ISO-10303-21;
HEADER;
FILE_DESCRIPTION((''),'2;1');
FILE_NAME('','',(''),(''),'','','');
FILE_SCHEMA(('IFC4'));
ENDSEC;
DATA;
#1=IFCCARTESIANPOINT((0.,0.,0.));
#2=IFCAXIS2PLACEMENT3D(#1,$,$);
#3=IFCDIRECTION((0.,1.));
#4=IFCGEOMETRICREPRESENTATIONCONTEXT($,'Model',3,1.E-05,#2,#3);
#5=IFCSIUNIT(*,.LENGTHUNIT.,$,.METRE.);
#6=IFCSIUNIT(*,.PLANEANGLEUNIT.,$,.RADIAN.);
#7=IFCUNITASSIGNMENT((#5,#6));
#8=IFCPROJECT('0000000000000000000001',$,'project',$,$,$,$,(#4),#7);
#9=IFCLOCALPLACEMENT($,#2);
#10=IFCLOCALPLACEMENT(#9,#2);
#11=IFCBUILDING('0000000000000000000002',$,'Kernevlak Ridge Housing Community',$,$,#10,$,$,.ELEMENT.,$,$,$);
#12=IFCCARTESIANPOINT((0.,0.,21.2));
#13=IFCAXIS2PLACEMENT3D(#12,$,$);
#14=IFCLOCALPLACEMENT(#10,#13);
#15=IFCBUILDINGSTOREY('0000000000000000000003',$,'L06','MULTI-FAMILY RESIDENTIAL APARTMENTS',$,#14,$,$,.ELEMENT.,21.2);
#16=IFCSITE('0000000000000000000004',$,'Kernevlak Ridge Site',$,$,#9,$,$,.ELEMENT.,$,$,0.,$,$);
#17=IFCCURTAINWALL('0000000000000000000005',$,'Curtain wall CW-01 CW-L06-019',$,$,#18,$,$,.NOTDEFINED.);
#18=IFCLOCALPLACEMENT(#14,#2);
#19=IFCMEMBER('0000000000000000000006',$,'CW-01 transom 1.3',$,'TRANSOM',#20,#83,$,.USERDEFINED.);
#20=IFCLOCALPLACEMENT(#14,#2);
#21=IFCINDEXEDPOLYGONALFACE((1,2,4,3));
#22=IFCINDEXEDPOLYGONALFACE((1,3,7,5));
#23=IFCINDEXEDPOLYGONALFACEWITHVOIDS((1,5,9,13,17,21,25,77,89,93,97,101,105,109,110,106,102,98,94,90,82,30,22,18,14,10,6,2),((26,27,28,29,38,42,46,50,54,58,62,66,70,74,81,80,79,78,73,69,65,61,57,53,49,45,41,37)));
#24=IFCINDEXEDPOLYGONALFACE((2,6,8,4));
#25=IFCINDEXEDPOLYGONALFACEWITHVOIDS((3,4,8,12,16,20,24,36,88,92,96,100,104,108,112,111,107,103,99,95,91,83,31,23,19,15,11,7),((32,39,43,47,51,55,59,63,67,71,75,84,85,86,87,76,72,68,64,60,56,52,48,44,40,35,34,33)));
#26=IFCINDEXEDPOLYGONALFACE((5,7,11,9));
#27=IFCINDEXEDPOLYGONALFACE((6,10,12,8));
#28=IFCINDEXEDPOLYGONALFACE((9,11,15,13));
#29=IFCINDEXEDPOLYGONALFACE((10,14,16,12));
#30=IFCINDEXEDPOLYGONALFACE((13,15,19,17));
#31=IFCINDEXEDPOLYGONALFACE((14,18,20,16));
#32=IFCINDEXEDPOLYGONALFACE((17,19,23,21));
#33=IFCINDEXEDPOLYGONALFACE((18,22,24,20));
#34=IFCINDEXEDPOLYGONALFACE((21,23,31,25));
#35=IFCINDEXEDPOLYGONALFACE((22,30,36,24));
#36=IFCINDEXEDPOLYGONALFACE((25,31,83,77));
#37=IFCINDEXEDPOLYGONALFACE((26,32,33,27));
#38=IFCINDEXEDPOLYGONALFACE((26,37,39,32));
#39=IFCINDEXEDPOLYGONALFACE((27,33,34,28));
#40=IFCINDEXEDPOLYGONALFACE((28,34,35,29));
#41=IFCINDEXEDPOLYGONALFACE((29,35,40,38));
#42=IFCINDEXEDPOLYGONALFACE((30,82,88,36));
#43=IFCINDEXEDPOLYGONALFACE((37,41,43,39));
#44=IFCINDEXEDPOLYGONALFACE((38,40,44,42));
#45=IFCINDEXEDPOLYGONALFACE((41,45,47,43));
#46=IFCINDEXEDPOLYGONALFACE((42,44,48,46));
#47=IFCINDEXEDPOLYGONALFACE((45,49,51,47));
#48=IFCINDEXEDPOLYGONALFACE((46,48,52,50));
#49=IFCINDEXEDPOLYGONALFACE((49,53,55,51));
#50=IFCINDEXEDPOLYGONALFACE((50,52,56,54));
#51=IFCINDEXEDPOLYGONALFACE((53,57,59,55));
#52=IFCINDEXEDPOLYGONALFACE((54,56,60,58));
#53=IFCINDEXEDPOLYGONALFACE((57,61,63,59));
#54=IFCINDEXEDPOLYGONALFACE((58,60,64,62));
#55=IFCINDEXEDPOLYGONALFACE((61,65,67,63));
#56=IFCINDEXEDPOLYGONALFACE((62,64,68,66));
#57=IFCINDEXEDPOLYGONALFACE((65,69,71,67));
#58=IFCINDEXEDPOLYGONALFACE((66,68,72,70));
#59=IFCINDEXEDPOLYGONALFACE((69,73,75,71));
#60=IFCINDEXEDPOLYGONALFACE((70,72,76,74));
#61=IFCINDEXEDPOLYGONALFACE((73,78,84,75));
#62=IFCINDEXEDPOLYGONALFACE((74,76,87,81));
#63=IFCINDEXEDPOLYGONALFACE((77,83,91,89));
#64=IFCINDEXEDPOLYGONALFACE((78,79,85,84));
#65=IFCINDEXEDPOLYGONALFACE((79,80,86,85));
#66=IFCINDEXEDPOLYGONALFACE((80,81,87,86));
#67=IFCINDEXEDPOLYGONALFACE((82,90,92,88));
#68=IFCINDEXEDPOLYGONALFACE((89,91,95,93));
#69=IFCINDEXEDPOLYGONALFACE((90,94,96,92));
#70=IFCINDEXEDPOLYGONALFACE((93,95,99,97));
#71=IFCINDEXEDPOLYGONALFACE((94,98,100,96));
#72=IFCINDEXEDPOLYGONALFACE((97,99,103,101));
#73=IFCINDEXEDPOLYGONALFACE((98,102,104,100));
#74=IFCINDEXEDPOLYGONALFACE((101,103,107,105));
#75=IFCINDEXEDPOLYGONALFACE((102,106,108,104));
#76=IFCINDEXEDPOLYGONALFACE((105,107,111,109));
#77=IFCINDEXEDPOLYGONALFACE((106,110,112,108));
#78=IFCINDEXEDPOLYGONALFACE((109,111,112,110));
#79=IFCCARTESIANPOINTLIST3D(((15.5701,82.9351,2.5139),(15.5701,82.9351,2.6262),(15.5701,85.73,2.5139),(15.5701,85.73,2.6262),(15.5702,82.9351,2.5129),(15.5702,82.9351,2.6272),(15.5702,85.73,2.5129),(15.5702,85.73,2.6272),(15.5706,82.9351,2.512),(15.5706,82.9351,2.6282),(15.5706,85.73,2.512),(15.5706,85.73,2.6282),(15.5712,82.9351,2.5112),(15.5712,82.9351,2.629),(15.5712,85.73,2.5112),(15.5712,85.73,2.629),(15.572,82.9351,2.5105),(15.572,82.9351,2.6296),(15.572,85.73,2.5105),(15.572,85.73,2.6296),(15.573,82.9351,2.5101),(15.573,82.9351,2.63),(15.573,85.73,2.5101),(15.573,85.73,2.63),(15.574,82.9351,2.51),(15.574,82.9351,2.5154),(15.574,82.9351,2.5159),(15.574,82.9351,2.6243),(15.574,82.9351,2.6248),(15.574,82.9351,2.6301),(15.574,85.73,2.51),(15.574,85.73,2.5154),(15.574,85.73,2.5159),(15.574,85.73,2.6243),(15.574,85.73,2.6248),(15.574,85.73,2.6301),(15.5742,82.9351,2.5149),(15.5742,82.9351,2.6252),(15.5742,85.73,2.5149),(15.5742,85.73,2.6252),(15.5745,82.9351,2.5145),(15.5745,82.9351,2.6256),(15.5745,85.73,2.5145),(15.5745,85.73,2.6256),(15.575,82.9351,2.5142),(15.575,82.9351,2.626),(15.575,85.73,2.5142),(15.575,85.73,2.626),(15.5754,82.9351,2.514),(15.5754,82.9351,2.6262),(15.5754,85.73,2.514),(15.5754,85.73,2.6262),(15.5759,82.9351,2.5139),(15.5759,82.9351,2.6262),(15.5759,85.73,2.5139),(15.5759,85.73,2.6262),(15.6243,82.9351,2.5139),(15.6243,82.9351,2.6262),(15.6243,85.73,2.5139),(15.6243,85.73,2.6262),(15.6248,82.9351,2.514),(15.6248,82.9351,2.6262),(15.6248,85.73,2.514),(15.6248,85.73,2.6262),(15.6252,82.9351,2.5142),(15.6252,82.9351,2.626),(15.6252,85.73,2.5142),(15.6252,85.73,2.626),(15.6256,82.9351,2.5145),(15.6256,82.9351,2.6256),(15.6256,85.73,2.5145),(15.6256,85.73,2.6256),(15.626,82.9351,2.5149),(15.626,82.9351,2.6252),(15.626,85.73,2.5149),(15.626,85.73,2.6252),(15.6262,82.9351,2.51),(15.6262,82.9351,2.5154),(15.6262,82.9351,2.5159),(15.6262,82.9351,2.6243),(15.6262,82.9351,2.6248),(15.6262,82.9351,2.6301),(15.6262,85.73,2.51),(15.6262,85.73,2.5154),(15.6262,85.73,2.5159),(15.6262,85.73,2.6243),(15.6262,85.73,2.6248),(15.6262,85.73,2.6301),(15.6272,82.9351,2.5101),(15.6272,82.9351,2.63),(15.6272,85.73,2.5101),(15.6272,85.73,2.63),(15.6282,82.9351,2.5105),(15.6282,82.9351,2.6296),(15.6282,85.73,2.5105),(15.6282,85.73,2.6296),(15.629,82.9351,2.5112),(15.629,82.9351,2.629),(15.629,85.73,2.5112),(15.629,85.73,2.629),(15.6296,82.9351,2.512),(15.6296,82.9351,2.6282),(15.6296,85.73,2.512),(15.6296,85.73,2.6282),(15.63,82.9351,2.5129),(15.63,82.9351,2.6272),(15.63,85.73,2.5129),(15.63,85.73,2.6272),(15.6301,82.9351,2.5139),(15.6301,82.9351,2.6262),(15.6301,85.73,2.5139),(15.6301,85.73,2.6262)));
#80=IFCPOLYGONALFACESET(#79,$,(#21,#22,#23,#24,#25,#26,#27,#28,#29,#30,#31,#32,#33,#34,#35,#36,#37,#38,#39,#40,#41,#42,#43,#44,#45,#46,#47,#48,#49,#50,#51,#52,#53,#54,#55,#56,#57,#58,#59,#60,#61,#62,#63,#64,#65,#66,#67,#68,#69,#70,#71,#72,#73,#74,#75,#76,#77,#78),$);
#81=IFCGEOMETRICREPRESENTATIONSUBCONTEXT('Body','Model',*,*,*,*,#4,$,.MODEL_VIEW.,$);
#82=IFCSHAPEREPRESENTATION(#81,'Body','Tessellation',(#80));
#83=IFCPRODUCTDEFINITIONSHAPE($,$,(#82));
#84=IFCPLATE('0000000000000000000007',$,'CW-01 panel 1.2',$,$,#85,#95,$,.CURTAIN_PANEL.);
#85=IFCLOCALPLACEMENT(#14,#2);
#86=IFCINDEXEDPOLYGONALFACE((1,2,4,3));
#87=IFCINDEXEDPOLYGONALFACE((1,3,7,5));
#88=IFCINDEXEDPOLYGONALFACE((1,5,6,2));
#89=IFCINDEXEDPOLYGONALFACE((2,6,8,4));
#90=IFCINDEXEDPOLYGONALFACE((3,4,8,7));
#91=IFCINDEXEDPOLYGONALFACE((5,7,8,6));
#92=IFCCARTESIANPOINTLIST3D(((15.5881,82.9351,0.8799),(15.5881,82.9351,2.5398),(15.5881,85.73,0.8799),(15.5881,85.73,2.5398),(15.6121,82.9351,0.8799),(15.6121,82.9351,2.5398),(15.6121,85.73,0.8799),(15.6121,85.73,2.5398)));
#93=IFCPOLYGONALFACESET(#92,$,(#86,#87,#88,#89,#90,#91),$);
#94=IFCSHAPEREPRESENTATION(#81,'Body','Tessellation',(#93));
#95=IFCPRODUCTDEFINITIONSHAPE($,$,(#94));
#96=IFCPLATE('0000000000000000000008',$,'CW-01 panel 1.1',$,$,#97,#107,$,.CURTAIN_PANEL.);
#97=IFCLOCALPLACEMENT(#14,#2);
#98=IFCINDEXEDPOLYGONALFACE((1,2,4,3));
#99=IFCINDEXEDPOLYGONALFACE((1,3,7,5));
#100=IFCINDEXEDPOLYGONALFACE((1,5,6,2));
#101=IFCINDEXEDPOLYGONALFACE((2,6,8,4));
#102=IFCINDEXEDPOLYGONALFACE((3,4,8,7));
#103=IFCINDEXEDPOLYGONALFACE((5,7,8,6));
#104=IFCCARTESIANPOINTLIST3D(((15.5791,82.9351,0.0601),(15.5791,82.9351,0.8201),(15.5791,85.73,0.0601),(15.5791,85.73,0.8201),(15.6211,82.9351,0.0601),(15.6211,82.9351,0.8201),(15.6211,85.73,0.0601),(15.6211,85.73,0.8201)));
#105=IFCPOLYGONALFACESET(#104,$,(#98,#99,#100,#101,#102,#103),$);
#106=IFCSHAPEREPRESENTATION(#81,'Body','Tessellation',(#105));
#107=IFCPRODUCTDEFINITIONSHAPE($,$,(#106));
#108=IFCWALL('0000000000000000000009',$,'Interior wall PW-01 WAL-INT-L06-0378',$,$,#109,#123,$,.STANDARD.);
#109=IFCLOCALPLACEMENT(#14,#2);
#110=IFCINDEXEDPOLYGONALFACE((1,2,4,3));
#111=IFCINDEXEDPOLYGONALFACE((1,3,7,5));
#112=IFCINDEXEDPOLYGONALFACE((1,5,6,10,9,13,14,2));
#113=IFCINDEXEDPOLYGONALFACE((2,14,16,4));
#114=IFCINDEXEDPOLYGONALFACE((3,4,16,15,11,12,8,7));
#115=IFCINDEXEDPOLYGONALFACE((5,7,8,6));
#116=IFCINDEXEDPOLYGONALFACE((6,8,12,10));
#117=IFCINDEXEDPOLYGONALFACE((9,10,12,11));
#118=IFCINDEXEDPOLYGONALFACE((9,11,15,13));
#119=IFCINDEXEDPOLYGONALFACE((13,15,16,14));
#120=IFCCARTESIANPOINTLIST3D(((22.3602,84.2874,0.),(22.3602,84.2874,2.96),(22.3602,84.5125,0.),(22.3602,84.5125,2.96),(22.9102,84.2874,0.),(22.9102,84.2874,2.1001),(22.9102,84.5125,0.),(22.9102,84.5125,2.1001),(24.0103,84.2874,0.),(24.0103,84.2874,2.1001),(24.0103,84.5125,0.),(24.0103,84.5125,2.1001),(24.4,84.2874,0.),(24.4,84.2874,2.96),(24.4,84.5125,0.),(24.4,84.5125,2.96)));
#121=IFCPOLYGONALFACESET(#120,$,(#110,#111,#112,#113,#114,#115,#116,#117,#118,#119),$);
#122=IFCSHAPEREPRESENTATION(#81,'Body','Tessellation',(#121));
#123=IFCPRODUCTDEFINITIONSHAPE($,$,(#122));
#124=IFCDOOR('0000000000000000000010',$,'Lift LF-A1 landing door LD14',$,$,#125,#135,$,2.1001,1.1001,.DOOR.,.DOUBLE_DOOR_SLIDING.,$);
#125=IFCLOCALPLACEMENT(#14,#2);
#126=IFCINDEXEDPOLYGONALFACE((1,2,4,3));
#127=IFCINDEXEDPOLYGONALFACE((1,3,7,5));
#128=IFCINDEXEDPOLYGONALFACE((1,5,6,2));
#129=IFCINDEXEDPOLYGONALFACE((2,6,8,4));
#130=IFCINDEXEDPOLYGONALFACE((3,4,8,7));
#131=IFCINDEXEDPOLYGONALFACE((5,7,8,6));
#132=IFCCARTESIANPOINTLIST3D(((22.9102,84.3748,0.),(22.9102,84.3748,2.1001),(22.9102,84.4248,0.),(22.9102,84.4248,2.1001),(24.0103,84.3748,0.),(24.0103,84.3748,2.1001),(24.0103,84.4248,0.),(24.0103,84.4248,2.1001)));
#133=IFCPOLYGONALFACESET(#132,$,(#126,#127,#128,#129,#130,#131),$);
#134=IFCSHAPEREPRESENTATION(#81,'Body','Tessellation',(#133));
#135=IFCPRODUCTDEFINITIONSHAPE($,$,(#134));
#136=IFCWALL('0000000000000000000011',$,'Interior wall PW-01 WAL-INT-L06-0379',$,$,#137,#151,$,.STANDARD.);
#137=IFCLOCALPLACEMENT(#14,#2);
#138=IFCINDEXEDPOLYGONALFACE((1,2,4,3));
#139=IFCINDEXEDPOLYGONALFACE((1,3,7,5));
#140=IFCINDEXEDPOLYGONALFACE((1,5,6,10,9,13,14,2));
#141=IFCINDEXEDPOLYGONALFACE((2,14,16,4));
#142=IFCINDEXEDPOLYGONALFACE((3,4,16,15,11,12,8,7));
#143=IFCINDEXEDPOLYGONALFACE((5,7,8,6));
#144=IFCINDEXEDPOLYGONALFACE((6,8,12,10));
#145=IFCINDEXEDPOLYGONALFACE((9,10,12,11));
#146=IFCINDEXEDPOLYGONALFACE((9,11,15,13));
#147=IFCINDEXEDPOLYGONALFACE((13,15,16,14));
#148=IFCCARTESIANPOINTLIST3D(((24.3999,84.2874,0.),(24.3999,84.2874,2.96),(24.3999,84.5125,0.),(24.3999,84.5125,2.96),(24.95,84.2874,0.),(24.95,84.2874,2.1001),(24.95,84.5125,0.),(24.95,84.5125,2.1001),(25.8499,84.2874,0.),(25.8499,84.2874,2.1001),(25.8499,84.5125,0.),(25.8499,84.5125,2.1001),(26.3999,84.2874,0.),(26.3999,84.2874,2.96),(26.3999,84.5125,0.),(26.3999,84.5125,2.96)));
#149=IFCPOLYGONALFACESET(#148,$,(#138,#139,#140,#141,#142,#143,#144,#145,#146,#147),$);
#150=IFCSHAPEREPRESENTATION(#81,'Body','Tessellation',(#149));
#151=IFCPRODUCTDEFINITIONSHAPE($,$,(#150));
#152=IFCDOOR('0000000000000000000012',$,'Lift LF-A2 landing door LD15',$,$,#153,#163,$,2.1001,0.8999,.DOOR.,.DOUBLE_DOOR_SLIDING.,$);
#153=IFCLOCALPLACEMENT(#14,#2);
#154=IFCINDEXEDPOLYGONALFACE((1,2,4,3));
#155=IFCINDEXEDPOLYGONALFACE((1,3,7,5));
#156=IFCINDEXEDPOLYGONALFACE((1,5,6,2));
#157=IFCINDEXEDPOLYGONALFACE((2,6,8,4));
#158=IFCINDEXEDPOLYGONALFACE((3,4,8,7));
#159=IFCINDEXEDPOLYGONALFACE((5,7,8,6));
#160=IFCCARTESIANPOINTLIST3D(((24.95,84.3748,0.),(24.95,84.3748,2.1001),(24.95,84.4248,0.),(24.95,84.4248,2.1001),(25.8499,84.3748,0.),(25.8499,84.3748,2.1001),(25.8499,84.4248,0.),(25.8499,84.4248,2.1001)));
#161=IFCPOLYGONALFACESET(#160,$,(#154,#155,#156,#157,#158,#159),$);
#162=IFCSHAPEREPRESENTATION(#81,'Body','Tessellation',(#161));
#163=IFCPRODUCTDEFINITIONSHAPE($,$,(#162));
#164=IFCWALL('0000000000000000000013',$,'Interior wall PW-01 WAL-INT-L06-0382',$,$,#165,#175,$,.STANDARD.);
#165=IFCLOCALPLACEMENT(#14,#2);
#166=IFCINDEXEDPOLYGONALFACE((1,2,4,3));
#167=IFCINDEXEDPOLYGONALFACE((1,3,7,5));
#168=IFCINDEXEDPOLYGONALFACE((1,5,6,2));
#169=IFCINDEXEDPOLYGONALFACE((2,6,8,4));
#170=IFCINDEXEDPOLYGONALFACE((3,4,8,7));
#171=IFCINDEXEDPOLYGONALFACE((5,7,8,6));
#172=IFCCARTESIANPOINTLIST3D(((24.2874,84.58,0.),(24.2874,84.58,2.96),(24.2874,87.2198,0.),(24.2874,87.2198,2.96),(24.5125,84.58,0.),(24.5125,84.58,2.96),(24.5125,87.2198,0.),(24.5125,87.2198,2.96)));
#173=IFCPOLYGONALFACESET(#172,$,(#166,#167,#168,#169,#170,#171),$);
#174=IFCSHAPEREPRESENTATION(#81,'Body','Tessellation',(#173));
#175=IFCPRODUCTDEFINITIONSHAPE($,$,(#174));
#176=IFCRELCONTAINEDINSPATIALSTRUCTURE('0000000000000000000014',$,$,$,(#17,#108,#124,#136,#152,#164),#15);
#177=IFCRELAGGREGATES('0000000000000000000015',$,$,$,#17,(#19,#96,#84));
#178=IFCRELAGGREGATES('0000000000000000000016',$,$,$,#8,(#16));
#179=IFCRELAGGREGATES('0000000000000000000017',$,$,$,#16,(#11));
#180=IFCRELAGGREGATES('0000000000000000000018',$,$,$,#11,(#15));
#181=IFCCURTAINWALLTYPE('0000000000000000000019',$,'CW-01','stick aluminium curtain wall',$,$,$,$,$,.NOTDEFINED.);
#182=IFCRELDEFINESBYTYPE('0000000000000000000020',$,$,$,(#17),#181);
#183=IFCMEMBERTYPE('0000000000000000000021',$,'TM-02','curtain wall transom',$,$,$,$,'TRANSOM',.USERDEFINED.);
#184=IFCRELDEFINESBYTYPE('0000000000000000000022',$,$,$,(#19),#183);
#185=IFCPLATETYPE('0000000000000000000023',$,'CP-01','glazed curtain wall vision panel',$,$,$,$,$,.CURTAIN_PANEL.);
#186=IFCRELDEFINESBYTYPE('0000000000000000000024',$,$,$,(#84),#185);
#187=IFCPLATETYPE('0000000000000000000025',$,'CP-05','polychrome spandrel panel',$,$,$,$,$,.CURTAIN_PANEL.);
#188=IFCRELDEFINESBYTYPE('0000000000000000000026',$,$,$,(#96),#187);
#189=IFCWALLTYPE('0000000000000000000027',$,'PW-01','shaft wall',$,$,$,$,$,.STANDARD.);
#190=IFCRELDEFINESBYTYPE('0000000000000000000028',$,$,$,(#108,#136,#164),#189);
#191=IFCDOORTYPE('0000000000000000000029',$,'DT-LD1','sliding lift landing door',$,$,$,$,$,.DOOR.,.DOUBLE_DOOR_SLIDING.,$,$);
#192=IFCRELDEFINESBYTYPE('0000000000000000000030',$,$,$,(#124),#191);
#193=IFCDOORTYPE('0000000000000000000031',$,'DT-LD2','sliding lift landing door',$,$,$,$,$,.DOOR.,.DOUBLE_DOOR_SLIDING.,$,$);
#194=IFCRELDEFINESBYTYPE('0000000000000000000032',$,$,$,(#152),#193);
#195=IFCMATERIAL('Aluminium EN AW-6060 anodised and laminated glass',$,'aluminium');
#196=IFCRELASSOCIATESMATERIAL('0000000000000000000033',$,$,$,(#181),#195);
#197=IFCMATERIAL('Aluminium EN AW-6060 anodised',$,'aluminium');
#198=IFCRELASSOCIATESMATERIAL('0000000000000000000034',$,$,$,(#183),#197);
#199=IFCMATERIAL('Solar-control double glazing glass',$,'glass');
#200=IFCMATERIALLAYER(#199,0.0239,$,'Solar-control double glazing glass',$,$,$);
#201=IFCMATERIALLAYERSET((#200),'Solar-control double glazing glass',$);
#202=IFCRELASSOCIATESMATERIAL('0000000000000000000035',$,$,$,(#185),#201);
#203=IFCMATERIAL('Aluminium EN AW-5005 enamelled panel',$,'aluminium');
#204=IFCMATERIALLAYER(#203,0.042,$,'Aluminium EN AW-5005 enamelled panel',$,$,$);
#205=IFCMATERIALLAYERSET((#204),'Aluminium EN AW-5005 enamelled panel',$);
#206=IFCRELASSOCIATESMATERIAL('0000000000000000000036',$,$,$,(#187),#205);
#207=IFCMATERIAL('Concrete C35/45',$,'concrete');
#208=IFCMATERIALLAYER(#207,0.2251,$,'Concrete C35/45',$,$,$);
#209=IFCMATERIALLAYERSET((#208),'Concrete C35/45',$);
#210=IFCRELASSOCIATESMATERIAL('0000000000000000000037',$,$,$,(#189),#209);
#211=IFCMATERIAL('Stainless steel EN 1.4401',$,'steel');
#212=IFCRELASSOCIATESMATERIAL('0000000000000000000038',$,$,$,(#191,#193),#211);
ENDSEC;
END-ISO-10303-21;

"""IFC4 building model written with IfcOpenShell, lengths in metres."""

from ifc_helpers import new_model, si_unit, direction, frame, frame_2d, origin, origin_2d, place, context, subcontext, project, spatial, rectangle, hollow_rectangle, extrude, material, layer, layer_set, material_profile, profile_set, type_object, element, fill, aggregate, save


model = new_model("IFC4")

# Units and contexts
model_context = context("Model", 3, precision=1e-05, world=origin(), true_north=direction((0.0, 1.0)))
body_context = subcontext(model_context, "Body", "Model", "MODEL_VIEW")
ifc_project = project(units=[si_unit("LENGTHUNIT", "METRE"), si_unit("PLANEANGLEUNIT", "RADIAN")], contexts=[model_context])

# Site, building, storey
site_placement = place(None, origin())
site = spatial("IfcSite", under=ifc_project, at=site_placement, Name="Kernevlak Ridge Site", CompositionType="ELEMENT", RefElevation=0.0)
building_placement = place(site_placement, origin())
building = spatial("IfcBuilding", under=site, at=building_placement, Name="Kernevlak Ridge Housing Community", CompositionType="ELEMENT")
storey_placement = place(building_placement, frame((0.0, 0.0, 21.2)))
storey = spatial("IfcBuildingStorey", under=building, at=storey_placement, Name="L06", Description="MULTI-FAMILY RESIDENTIAL APARTMENTS", CompositionType="ELEMENT", Elevation=21.2)

# Shared definitions
ifc_material_1 = material(Name="Concrete C35/45", Category="concrete")

# Curtain wall
ifc_material_2 = material(Name="Aluminium EN AW-6060 anodised and laminated glass", Category="aluminium")
curtain_wall_type = type_object("IfcCurtainWallType", Name="CW-01", Description="stick aluminium curtain wall", PredefinedType="NOTDEFINED", material=ifc_material_2)
curtain_wall_placement = place(storey_placement, origin())
curtain_wall = element("IfcCurtainWall", 1, at=curtain_wall_placement, inside=storey, type_object=curtain_wall_type, Name="Curtain wall CW-01 CW-L06-019", PredefinedType="NOTDEFINED")
ifc_material_3 = material(Name="Aluminium EN AW-6060 anodised", Category="aluminium")

# Member
ifc_material_profile_1 = material_profile(ifc_material_3, hollow_rectangle(XDim=0.0601, YDim=0.1201, WallThickness=0.0039, InnerFilletRadius=0.002, OuterFilletRadius=0.0039, at=origin_2d()), Name="ALU 60x120x4")
ifc_profile_set_1 = profile_set([ifc_material_profile_1], Name="Aluminium EN AW-6060 anodised")
member_type_1 = type_object("IfcMemberType", Name="TM-02", Description="curtain wall transom", ElementType="TRANSOM", PredefinedType="USERDEFINED", material=ifc_profile_set_1)
member_1_placement = place(storey_placement, frame((15.6001, 82.9351, 2.5701), z_axis=(0.0, 1.0, 0.0), x_axis=(-1.0, 0.0, 0.0)))
member_1 = element("IfcMember", 2, at=member_1_placement, type_object=member_type_1, Name="CW-01 transom 1.3", ObjectType="TRANSOM", PredefinedType="USERDEFINED", context=body_context, shape_type="SweptSolid", body=[
    extrude(hollow_rectangle(XDim=0.0601, YDim=0.1201, WallThickness=0.0039, InnerFilletRadius=0.002, OuterFilletRadius=0.0039, at=origin_2d()), origin(), (0.0, 0.0, 1.0), 2.7949),
])

# Plates
ifc_material_4 = material(Name="Solar-control double glazing glass", Category="glass")
ifc_layer_1 = layer(ifc_material_4, 0.0239, Name="Solar-control double glazing glass")
ifc_layer_set_1 = layer_set([ifc_layer_1], Name="Solar-control double glazing glass")
plate_type_1 = type_object("IfcPlateType", Name="CP-01", Description="glazed curtain wall vision panel", PredefinedType="CURTAIN_PANEL", material=ifc_layer_set_1)
plate_1_placement = place(storey_placement, frame((15.6001, 84.3325, 0.8799), z_axis=(0.0, 0.0, 1.0), x_axis=(0.0, 1.0, 0.0)))
plate_1 = element("IfcPlate", 3, at=plate_1_placement, type_object=plate_type_1, Name="CW-01 panel 1.2", PredefinedType="CURTAIN_PANEL", context=body_context, shape_type="SweptSolid", body=[
    extrude(rectangle(XDim=2.7949, YDim=0.0239, at=origin_2d()), origin(), (0.0, 0.0, 1.0), 1.6599),
])
ifc_material_5 = material(Name="Aluminium EN AW-5005 enamelled panel", Category="aluminium")
ifc_layer_2 = layer(ifc_material_5, 0.042, Name="Aluminium EN AW-5005 enamelled panel")
ifc_layer_set_2 = layer_set([ifc_layer_2], Name="Aluminium EN AW-5005 enamelled panel")
plate_type_2 = type_object("IfcPlateType", Name="CP-05", Description="polychrome spandrel panel", PredefinedType="CURTAIN_PANEL", material=ifc_layer_set_2)
plate_2_placement = place(storey_placement, frame((15.6001, 84.3325, 0.0601), z_axis=(0.0, 0.0, 1.0), x_axis=(0.0, 1.0, 0.0)))
plate_2 = element("IfcPlate", 4, at=plate_2_placement, type_object=plate_type_2, Name="CW-01 panel 1.1", PredefinedType="CURTAIN_PANEL", context=body_context, shape_type="SweptSolid", body=[
    extrude(rectangle(XDim=2.7949, YDim=0.042, at=origin_2d()), origin(), (0.0, 0.0, 1.0), 0.76),
])
aggregate(curtain_wall, [member_1, plate_2, plate_1])

# Walls, openings, doors
ifc_layer_3 = layer(ifc_material_1, 0.2251, Name="Concrete C35/45")
ifc_layer_set_3 = layer_set([ifc_layer_3], Name="Concrete C35/45")
wall_type_1 = type_object("IfcWallType", Name="PW-01", Description="shaft wall", PredefinedType="STANDARD", material=ifc_layer_set_3)
wall_1_placement = place(storey_placement, frame((22.3601, 84.3999, 0.0), z_axis=(0.0, 0.0, 1.0), x_axis=(1.0, 0.0, 0.0)))
wall_1 = element("IfcWall", 5, at=wall_1_placement, inside=storey, type_object=wall_type_1, Name="Interior wall PW-01 WAL-INT-L06-0378", PredefinedType="STANDARD", context=body_context, shape_type="SweptSolid", body=[
    extrude(rectangle(XDim=2.0398, YDim=0.2251, at=frame_2d((1.02, 0.0))), origin(), (0.0, 0.0, 1.0), 2.96),
])
opening_1_placement = place(wall_1_placement, frame((0.55, 0.0, 0.0)))
opening_1 = element("IfcOpeningElement", 6, at=opening_1_placement, cuts=wall_1, PredefinedType="OPENING", context=body_context, shape_type="SweptSolid", body=[
    extrude(rectangle(XDim=1.1001, YDim=2.1001, at=frame_2d((0.55, 1.05))), frame((0.0, 0.1226, 0.0), z_axis=(0.0, -1.0, 0.0), x_axis=(1.0, 0.0, 0.0)), (0.0, 0.0, 1.0), 0.2451),
])
ifc_material_6 = material(Name="Stainless steel EN 1.4401", Category="steel")
door_type_1 = type_object("IfcDoorType", Name="DT-LD1", Description="sliding lift landing door", OperationType="DOUBLE_DOOR_SLIDING", PredefinedType="DOOR", material=ifc_material_6)
door_1_placement = place(opening_1_placement, origin())
door_1 = element("IfcDoor", 7, at=door_1_placement, inside=storey, type_object=door_type_1, Name="Lift LF-A1 landing door LD14", OperationType="DOUBLE_DOOR_SLIDING", OverallHeight=2.1001, OverallWidth=1.1001, PredefinedType="DOOR", context=body_context, shape_type="SweptSolid", body=[
    extrude(rectangle(XDim=1.1001, YDim=2.1001, at=frame_2d((0.55, 1.05))), frame((0.0, 0.0249, 0.0), z_axis=(0.0, -1.0, 0.0), x_axis=(1.0, 0.0, 0.0)), (0.0, 0.0, 1.0), 0.05),
])
fill(opening_1, door_1)
wall_2_placement = place(storey_placement, frame((24.3999, 84.3999, 0.0), z_axis=(0.0, 0.0, 1.0), x_axis=(1.0, 0.0, 0.0)))
wall_2 = element("IfcWall", 8, at=wall_2_placement, inside=storey, type_object=wall_type_1, Name="Interior wall PW-01 WAL-INT-L06-0379", PredefinedType="STANDARD", context=body_context, shape_type="SweptSolid", body=[
    extrude(rectangle(XDim=2.0, YDim=0.2251, at=frame_2d((1.0, 0.0))), origin(), (0.0, 0.0, 1.0), 2.96),
])
opening_2_placement = place(wall_2_placement, frame((0.55, 0.0, 0.0)))
opening_2 = element("IfcOpeningElement", 9, at=opening_2_placement, cuts=wall_2, PredefinedType="OPENING", context=body_context, shape_type="SweptSolid", body=[
    extrude(rectangle(XDim=0.8999, YDim=2.1001, at=frame_2d((0.45, 1.05))), frame((0.0, 0.1226, 0.0), z_axis=(0.0, -1.0, 0.0), x_axis=(1.0, 0.0, 0.0)), (0.0, 0.0, 1.0), 0.2451),
])
door_type_2 = type_object("IfcDoorType", Name="DT-LD2", Description="sliding lift landing door", OperationType="DOUBLE_DOOR_SLIDING", PredefinedType="DOOR", material=ifc_material_6)
door_2_placement = place(opening_2_placement, origin())
door_2 = element("IfcDoor", 10, at=door_2_placement, inside=storey, type_object=door_type_2, Name="Lift LF-A2 landing door LD15", OperationType="DOUBLE_DOOR_SLIDING", OverallHeight=2.1001, OverallWidth=0.8999, PredefinedType="DOOR", context=body_context, shape_type="SweptSolid", body=[
    extrude(rectangle(XDim=0.8999, YDim=2.1001, at=frame_2d((0.45, 1.05))), frame((0.0, 0.0249, 0.0), z_axis=(0.0, -1.0, 0.0), x_axis=(1.0, 0.0, 0.0)), (0.0, 0.0, 1.0), 0.05),
])
fill(opening_2, door_2)

# Wall
for number, where, z_axis, x_axis, name in (
    (11, (24.3999, 84.5801, 0.0), (0.0, 0.0, 1.0), (0.0, 1.0, 0.0), "Interior wall PW-01 WAL-INT-L06-0382"),
):
    element("IfcWall", number, at=place(storey_placement, frame(where, z_axis=z_axis, x_axis=x_axis)), inside=storey, type_object=wall_type_1, Name=name, PredefinedType="STANDARD", context=body_context, shape_type="SweptSolid", body=[
        extrude(rectangle(XDim=2.6399, YDim=0.2251, at=frame_2d((1.3198, 0.0))), origin(), (0.0, 0.0, 1.0), 2.96),
    ])

save(model, "model.ifc")
